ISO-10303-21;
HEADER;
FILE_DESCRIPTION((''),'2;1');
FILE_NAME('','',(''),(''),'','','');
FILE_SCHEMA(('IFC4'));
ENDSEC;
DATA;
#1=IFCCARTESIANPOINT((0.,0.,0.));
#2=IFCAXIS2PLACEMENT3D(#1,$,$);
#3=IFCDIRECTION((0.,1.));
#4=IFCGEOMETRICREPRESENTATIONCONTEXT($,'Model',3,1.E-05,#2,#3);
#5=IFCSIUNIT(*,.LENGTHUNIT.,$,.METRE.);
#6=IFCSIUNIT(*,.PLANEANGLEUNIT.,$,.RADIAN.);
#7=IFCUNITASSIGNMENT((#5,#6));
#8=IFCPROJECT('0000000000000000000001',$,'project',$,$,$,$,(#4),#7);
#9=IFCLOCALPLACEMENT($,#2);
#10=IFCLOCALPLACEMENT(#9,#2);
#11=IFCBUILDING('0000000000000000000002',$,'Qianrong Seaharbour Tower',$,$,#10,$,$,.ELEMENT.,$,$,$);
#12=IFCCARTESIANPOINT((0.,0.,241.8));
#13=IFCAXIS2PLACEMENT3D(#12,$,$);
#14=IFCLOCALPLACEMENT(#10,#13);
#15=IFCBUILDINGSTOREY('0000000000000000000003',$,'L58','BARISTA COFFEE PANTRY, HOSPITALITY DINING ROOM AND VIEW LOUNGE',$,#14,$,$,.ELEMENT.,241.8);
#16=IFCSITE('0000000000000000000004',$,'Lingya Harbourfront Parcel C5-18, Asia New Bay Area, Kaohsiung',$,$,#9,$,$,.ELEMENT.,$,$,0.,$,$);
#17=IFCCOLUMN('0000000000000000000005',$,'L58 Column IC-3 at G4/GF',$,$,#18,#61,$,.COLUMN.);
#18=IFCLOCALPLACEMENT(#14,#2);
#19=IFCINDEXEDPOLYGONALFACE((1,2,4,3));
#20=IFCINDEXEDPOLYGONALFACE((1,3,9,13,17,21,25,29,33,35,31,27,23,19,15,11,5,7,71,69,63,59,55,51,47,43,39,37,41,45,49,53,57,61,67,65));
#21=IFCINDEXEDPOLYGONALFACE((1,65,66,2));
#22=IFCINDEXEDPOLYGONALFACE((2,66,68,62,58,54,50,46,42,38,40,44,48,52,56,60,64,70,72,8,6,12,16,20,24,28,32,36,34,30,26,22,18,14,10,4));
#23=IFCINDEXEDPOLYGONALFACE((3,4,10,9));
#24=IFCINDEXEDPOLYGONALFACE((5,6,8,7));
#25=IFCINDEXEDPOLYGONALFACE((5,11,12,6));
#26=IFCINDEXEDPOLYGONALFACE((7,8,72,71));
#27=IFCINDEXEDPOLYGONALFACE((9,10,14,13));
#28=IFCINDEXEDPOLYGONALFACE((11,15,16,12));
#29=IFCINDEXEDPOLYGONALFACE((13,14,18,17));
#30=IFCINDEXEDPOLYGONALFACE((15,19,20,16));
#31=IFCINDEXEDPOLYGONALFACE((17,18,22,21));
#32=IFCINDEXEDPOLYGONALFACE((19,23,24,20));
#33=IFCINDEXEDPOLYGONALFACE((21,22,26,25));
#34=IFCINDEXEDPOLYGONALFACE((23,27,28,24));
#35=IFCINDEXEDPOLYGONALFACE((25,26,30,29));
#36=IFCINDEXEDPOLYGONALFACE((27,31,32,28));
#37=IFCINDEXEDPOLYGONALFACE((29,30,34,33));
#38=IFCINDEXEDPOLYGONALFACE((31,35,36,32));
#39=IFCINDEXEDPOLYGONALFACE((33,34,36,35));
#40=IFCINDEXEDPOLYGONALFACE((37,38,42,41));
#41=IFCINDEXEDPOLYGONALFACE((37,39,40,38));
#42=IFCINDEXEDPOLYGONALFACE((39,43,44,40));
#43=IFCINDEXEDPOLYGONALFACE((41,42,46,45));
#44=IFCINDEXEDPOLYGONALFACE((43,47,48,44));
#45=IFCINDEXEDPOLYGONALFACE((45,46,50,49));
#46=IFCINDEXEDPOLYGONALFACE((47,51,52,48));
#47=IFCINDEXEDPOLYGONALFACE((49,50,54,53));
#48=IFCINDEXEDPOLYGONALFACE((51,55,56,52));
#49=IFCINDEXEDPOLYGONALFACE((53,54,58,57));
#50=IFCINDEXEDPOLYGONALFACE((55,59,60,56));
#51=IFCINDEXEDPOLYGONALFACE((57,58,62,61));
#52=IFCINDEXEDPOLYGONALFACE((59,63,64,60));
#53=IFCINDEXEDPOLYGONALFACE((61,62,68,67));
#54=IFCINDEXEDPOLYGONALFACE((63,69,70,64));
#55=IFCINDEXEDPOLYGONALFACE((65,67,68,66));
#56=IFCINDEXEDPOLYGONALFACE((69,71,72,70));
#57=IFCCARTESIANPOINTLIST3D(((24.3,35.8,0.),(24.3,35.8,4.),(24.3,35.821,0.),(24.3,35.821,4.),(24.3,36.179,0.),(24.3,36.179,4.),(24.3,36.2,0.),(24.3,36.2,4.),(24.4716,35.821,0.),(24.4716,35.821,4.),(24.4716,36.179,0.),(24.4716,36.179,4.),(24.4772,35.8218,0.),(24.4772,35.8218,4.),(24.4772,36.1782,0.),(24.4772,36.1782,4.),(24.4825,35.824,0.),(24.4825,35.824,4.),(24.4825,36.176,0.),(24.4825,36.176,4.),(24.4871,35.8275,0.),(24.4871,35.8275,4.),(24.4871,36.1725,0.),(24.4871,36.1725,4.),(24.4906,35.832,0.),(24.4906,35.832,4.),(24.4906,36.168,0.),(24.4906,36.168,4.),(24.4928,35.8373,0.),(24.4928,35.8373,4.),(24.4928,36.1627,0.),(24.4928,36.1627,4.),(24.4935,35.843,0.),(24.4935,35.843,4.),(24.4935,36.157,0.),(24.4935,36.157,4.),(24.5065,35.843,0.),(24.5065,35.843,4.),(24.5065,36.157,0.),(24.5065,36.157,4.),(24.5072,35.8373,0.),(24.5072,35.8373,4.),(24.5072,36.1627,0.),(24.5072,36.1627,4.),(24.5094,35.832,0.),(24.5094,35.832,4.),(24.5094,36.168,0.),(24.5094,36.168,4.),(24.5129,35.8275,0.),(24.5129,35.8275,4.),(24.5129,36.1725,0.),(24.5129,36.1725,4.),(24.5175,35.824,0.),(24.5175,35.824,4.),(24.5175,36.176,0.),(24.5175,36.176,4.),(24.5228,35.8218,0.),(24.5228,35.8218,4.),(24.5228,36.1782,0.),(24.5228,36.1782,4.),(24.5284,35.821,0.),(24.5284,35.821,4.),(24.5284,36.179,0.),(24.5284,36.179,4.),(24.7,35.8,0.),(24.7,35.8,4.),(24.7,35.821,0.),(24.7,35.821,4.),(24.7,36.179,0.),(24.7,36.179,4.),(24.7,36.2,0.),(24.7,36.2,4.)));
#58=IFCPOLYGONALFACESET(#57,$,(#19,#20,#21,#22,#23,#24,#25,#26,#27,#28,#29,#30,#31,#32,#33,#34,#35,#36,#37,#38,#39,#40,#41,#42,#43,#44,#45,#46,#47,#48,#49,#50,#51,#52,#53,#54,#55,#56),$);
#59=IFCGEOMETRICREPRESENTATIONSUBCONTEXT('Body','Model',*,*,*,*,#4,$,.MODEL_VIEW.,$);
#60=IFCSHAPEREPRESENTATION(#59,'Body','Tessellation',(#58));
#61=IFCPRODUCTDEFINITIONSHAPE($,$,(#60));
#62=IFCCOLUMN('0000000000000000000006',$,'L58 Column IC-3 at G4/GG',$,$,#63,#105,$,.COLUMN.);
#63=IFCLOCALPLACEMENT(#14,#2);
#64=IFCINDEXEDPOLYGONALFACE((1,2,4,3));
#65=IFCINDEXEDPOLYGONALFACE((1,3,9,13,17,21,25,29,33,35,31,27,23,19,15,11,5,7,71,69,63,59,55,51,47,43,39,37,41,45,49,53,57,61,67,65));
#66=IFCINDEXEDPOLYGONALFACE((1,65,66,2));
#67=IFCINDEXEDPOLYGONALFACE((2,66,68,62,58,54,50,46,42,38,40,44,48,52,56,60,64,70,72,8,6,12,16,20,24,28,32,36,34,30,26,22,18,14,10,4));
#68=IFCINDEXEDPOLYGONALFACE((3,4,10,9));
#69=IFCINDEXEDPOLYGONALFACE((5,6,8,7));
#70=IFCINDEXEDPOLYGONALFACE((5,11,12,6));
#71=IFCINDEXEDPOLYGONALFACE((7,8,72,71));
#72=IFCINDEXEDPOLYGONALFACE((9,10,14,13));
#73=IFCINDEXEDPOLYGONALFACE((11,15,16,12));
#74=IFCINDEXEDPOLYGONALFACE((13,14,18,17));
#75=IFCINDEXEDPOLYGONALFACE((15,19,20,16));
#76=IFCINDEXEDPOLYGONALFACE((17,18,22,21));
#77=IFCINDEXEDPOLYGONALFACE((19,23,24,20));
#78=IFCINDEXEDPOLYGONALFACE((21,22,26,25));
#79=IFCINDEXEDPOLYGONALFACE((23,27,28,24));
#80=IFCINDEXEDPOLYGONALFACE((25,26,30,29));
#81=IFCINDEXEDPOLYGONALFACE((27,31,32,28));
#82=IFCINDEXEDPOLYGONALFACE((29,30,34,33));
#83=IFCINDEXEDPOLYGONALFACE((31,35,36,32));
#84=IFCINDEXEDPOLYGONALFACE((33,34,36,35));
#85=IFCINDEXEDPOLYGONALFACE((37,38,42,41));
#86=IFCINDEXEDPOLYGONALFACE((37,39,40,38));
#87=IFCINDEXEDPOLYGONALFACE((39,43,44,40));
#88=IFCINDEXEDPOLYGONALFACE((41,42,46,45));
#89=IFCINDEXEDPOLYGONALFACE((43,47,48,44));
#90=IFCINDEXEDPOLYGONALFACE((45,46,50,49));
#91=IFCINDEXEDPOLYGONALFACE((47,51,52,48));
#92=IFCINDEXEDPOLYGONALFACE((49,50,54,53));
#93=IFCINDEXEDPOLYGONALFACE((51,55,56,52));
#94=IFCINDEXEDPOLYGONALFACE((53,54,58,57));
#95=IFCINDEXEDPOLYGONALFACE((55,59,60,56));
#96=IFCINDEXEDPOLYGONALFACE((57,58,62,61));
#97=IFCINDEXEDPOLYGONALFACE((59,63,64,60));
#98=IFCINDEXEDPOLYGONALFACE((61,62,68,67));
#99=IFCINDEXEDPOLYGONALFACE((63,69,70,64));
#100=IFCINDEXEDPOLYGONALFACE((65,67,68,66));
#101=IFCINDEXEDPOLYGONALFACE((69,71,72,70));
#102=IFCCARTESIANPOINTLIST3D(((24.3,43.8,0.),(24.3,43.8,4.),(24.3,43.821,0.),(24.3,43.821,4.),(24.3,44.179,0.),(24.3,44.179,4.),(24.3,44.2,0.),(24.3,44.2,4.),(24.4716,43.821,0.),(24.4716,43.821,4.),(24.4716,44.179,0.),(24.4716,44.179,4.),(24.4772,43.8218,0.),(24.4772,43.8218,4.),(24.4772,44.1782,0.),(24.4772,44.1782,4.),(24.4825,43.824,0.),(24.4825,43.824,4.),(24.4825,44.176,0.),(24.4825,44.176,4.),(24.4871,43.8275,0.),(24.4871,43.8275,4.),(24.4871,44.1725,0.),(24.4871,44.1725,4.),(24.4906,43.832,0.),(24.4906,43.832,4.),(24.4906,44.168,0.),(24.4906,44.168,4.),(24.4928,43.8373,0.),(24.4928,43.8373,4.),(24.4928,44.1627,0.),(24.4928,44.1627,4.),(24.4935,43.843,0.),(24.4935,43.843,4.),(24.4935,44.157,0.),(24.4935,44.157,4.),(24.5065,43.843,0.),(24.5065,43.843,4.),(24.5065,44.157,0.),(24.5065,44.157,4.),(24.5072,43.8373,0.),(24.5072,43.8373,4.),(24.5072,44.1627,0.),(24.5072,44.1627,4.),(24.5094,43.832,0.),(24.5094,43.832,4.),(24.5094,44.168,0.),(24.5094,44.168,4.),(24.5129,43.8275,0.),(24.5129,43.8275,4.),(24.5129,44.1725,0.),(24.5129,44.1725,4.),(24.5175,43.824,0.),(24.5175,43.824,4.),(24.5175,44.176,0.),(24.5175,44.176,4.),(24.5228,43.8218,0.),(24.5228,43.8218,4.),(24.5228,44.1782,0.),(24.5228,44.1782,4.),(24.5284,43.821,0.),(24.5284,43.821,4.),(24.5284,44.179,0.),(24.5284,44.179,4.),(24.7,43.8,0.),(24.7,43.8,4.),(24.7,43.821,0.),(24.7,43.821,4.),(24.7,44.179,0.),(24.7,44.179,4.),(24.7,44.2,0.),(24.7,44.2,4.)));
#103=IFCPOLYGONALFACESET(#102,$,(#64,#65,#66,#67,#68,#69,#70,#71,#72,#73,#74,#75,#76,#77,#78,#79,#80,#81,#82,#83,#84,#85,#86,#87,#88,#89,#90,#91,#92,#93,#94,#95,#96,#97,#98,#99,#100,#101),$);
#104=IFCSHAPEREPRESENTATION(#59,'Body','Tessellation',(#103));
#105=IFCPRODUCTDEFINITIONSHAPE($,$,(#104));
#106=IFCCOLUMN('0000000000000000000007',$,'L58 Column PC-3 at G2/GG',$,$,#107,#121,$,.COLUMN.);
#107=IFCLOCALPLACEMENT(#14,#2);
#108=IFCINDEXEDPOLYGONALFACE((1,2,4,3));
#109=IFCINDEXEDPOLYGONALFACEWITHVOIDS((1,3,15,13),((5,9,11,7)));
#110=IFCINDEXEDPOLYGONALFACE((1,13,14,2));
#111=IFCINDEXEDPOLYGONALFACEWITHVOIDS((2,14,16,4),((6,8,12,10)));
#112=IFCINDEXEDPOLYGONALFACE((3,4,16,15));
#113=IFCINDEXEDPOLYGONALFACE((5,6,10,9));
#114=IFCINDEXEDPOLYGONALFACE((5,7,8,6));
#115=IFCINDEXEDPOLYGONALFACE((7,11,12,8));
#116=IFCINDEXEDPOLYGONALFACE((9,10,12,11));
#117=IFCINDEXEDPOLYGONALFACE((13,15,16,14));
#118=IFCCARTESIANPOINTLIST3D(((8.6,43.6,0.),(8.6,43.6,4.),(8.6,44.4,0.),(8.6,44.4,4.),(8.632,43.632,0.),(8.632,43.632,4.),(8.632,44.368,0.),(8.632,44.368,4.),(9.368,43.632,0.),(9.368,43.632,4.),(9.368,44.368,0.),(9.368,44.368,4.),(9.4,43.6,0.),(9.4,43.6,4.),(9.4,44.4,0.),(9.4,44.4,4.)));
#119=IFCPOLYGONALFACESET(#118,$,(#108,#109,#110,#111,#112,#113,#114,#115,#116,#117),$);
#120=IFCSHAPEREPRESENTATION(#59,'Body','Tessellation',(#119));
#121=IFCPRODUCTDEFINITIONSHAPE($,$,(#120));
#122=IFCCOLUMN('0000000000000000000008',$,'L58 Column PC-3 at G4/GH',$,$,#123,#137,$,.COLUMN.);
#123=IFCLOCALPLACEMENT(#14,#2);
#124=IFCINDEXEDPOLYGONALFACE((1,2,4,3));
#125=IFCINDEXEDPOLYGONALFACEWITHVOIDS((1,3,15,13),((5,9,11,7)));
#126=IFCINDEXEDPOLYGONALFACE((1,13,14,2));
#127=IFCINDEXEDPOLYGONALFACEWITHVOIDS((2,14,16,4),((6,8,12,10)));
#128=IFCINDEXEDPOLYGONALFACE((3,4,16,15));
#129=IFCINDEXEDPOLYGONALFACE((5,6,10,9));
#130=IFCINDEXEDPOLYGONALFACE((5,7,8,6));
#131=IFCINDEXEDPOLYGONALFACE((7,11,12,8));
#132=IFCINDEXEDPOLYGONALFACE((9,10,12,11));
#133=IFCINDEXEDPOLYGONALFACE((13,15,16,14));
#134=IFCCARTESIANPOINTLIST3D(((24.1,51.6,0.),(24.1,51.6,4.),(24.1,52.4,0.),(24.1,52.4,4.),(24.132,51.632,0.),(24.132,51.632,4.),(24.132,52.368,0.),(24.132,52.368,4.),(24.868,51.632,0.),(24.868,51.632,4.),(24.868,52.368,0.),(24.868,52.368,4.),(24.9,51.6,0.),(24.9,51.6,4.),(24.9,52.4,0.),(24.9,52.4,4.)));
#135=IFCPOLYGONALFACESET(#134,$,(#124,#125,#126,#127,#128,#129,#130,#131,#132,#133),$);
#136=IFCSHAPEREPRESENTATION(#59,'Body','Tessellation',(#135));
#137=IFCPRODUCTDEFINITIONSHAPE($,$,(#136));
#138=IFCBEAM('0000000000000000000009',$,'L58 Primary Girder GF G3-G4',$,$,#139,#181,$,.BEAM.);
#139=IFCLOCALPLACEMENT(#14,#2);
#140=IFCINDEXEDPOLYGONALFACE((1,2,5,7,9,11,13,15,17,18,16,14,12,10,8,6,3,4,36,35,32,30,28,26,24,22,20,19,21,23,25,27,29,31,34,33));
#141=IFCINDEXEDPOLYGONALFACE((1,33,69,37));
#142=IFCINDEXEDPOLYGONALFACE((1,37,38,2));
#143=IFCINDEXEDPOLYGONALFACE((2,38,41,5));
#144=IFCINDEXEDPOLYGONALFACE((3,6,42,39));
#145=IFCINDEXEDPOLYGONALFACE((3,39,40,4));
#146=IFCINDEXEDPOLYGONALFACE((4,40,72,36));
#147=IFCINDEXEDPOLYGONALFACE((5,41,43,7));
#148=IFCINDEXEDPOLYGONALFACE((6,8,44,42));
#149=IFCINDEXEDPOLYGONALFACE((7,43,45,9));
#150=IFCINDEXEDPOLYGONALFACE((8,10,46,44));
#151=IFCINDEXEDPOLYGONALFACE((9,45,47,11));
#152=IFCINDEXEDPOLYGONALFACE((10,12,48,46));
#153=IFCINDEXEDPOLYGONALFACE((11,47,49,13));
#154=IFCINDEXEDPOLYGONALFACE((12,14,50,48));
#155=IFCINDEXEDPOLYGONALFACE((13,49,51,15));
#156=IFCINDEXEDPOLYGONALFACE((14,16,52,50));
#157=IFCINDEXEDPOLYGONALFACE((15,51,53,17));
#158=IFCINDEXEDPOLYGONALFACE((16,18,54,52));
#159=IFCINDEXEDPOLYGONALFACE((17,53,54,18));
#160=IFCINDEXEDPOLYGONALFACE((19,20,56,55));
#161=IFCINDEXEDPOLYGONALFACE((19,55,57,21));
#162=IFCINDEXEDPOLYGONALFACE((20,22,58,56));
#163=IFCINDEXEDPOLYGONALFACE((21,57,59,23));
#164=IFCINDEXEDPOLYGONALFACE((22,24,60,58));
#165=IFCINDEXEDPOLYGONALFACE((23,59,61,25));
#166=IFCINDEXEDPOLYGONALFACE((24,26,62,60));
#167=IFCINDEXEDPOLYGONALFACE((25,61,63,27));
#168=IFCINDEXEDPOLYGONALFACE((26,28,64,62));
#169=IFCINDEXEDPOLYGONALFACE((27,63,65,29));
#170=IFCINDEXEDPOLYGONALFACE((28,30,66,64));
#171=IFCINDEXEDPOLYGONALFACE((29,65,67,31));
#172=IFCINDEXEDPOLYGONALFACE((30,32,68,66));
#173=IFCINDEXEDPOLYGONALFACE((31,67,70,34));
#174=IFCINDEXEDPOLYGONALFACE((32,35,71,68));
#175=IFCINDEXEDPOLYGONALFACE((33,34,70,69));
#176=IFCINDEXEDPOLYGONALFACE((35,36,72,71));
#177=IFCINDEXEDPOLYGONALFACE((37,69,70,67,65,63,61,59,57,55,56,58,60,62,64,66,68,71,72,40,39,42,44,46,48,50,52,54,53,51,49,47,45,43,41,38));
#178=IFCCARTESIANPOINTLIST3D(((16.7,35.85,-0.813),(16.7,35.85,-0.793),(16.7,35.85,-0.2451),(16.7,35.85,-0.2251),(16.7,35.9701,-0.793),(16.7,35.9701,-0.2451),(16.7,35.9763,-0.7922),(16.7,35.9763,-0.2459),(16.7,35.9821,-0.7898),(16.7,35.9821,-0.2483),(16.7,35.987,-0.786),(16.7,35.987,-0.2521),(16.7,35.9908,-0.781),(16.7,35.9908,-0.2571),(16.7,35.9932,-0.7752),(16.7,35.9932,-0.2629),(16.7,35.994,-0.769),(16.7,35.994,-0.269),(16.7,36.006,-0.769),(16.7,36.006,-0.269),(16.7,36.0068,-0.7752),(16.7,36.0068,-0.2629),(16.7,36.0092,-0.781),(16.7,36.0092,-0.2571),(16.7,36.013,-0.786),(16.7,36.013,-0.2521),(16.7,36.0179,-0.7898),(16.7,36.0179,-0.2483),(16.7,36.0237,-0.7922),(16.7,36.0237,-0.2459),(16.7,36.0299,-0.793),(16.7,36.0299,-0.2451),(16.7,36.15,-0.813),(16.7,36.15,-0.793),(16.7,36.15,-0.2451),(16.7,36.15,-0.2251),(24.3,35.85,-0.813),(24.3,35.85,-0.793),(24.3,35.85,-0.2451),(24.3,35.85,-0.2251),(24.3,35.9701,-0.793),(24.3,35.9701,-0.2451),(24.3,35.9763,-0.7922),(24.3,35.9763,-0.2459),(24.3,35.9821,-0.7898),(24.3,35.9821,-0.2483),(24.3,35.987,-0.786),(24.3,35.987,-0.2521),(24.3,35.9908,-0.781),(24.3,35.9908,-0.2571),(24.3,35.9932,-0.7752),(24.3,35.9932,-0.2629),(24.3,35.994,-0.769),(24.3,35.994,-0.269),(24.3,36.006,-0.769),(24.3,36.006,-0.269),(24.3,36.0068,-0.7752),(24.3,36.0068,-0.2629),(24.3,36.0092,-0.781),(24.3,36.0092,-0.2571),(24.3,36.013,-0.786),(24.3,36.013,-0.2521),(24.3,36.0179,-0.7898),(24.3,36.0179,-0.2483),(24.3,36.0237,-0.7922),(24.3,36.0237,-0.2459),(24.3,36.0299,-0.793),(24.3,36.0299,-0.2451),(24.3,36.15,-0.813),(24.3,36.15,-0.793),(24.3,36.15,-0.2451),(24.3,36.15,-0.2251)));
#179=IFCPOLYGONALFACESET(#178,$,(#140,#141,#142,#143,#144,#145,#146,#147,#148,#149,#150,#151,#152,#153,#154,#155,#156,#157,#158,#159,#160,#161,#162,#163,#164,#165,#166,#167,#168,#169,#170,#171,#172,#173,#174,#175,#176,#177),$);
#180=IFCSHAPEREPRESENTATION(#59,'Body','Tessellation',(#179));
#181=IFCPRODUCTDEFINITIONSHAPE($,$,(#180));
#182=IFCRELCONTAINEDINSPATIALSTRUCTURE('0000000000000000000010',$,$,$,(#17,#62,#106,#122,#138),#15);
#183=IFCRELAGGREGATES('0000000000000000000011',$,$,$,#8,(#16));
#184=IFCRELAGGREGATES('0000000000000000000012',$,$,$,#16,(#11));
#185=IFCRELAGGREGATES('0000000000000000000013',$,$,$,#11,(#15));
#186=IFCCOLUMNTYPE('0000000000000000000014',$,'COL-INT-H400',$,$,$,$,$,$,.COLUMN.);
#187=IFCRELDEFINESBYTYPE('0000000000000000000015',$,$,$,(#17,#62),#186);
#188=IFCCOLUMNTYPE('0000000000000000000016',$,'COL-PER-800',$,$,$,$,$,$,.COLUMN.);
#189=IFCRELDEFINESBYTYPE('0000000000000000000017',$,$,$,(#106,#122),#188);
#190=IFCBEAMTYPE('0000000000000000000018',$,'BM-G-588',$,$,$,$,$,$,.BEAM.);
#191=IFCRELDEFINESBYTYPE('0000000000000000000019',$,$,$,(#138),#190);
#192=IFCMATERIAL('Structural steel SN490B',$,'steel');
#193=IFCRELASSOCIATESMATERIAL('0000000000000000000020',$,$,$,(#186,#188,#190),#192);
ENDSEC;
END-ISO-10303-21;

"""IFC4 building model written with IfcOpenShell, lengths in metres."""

from ifc_helpers import new_model, si_unit, direction, frame, origin, origin_2d, place, context, subcontext, project, spatial, hollow_rectangle, i_section, extrude, material, material_profile, profile_set, type_object, element, save


model = new_model("IFC4")

# Units and contexts
model_context = context("Model", 3, precision=1e-05, world=origin(), true_north=direction((0.0, 1.0)))
body_context = subcontext(model_context, "Body", "Model", "MODEL_VIEW")
ifc_project = project(units=[si_unit("LENGTHUNIT", "METRE"), si_unit("PLANEANGLEUNIT", "RADIAN")], contexts=[model_context])

# Site, building, storey
site_placement = place(None, origin())
site = spatial("IfcSite", under=ifc_project, at=site_placement, Name="Lingya Harbourfront Parcel C5-18, Asia New Bay Area, Kaohsiung", CompositionType="ELEMENT", RefElevation=0.0)
building_placement = place(site_placement, origin())
building = spatial("IfcBuilding", under=site, at=building_placement, Name="Qianrong Seaharbour Tower", CompositionType="ELEMENT")
storey_placement = place(building_placement, frame((0.0, 0.0, 241.8)))
storey = spatial("IfcBuildingStorey", under=building, at=storey_placement, Name="L58", Description="BARISTA COFFEE PANTRY, HOSPITALITY DINING ROOM AND VIEW LOUNGE", CompositionType="ELEMENT", Elevation=241.8)

# Columns
ifc_material_1 = material(Name="Structural steel SN490B", Category="steel")
ifc_material_profile_1 = material_profile(ifc_material_1, i_section(OverallWidth=0.3999, OverallDepth=0.3999, WebThickness=0.0129, FlangeThickness=0.021, FilletRadius=0.022, at=origin_2d()), Name="H400x400x13x21")
ifc_profile_set_1 = profile_set([ifc_material_profile_1], Name="Structural steel SN490B")
column_type_1 = type_object("IfcColumnType", Name="COL-INT-H400", PredefinedType="COLUMN", material=ifc_profile_set_1)
for number, where, z_axis, x_axis, name in (
    (1, (24.5, 36.0, 0.0), (0.0, 0.0, 1.0), (1.0, 0.0, 0.0), "L58 Column IC-3 at G4/GF"),
    (2, (24.5, 44.0, 0.0), (0.0, 0.0, 1.0), (1.0, 0.0, 0.0), "L58 Column IC-3 at G4/GG"),
):
    element("IfcColumn", number, at=place(storey_placement, frame(where, z_axis=z_axis, x_axis=x_axis)), inside=storey, type_object=column_type_1, Name=name, PredefinedType="COLUMN", context=body_context, shape_type="SweptSolid", body=[
        extrude(i_section(OverallWidth=0.3999, OverallDepth=0.3999, WebThickness=0.0129, FlangeThickness=0.021, FilletRadius=0.022, at=origin_2d()), origin(), (0.0, 0.0, 1.0), 4.0),
    ])
ifc_material_profile_2 = material_profile(ifc_material_1, hollow_rectangle(XDim=0.8, YDim=0.8, WallThickness=0.032, at=origin_2d()), Name="BOX800x800x32")
ifc_profile_set_2 = profile_set([ifc_material_profile_2], Name="Structural steel SN490B")
column_type_2 = type_object("IfcColumnType", Name="COL-PER-800", PredefinedType="COLUMN", material=ifc_profile_set_2)
for number, where, z_axis, x_axis, name in (
    (3, (9.0, 44.0, 0.0), (0.0, 0.0, 1.0), (1.0, 0.0, 0.0), "L58 Column PC-3 at G2/GG"),
    (4, (24.5, 52.0, 0.0), (0.0, 0.0, 1.0), (1.0, 0.0, 0.0), "L58 Column PC-3 at G4/GH"),
):
    element("IfcColumn", number, at=place(storey_placement, frame(where, z_axis=z_axis, x_axis=x_axis)), inside=storey, type_object=column_type_2, Name=name, PredefinedType="COLUMN", context=body_context, shape_type="SweptSolid", body=[
        extrude(hollow_rectangle(XDim=0.8, YDim=0.8, WallThickness=0.032, at=origin_2d()), origin(), (0.0, 0.0, 1.0), 4.0),
    ])

# Beam
ifc_material_profile_3 = material_profile(ifc_material_1, i_section(OverallWidth=0.3, OverallDepth=0.5879, WebThickness=0.012, FlangeThickness=0.02, FilletRadius=0.0239, at=origin_2d()), Name="H588x300x12x20")
ifc_profile_set_3 = profile_set([ifc_material_profile_3], Name="Structural steel SN490B")
beam_type_1 = type_object("IfcBeamType", Name="BM-G-588", PredefinedType="BEAM", material=ifc_profile_set_3)
beam_1_placement = place(storey_placement, frame((16.7, 36.0, -0.519), z_axis=(1.0, 0.0, 0.0), x_axis=(0.0, 1.0, 0.0)))
element("IfcBeam", 5, at=beam_1_placement, inside=storey, type_object=beam_type_1, Name="L58 Primary Girder GF G3-G4", PredefinedType="BEAM", context=body_context, shape_type="SweptSolid", body=[
    extrude(i_section(OverallWidth=0.3, OverallDepth=0.5879, WebThickness=0.012, FlangeThickness=0.02, FilletRadius=0.0239, at=origin_2d()), origin(), (0.0, 0.0, 1.0), 7.6001),
])

save(model, "model.ifc")
